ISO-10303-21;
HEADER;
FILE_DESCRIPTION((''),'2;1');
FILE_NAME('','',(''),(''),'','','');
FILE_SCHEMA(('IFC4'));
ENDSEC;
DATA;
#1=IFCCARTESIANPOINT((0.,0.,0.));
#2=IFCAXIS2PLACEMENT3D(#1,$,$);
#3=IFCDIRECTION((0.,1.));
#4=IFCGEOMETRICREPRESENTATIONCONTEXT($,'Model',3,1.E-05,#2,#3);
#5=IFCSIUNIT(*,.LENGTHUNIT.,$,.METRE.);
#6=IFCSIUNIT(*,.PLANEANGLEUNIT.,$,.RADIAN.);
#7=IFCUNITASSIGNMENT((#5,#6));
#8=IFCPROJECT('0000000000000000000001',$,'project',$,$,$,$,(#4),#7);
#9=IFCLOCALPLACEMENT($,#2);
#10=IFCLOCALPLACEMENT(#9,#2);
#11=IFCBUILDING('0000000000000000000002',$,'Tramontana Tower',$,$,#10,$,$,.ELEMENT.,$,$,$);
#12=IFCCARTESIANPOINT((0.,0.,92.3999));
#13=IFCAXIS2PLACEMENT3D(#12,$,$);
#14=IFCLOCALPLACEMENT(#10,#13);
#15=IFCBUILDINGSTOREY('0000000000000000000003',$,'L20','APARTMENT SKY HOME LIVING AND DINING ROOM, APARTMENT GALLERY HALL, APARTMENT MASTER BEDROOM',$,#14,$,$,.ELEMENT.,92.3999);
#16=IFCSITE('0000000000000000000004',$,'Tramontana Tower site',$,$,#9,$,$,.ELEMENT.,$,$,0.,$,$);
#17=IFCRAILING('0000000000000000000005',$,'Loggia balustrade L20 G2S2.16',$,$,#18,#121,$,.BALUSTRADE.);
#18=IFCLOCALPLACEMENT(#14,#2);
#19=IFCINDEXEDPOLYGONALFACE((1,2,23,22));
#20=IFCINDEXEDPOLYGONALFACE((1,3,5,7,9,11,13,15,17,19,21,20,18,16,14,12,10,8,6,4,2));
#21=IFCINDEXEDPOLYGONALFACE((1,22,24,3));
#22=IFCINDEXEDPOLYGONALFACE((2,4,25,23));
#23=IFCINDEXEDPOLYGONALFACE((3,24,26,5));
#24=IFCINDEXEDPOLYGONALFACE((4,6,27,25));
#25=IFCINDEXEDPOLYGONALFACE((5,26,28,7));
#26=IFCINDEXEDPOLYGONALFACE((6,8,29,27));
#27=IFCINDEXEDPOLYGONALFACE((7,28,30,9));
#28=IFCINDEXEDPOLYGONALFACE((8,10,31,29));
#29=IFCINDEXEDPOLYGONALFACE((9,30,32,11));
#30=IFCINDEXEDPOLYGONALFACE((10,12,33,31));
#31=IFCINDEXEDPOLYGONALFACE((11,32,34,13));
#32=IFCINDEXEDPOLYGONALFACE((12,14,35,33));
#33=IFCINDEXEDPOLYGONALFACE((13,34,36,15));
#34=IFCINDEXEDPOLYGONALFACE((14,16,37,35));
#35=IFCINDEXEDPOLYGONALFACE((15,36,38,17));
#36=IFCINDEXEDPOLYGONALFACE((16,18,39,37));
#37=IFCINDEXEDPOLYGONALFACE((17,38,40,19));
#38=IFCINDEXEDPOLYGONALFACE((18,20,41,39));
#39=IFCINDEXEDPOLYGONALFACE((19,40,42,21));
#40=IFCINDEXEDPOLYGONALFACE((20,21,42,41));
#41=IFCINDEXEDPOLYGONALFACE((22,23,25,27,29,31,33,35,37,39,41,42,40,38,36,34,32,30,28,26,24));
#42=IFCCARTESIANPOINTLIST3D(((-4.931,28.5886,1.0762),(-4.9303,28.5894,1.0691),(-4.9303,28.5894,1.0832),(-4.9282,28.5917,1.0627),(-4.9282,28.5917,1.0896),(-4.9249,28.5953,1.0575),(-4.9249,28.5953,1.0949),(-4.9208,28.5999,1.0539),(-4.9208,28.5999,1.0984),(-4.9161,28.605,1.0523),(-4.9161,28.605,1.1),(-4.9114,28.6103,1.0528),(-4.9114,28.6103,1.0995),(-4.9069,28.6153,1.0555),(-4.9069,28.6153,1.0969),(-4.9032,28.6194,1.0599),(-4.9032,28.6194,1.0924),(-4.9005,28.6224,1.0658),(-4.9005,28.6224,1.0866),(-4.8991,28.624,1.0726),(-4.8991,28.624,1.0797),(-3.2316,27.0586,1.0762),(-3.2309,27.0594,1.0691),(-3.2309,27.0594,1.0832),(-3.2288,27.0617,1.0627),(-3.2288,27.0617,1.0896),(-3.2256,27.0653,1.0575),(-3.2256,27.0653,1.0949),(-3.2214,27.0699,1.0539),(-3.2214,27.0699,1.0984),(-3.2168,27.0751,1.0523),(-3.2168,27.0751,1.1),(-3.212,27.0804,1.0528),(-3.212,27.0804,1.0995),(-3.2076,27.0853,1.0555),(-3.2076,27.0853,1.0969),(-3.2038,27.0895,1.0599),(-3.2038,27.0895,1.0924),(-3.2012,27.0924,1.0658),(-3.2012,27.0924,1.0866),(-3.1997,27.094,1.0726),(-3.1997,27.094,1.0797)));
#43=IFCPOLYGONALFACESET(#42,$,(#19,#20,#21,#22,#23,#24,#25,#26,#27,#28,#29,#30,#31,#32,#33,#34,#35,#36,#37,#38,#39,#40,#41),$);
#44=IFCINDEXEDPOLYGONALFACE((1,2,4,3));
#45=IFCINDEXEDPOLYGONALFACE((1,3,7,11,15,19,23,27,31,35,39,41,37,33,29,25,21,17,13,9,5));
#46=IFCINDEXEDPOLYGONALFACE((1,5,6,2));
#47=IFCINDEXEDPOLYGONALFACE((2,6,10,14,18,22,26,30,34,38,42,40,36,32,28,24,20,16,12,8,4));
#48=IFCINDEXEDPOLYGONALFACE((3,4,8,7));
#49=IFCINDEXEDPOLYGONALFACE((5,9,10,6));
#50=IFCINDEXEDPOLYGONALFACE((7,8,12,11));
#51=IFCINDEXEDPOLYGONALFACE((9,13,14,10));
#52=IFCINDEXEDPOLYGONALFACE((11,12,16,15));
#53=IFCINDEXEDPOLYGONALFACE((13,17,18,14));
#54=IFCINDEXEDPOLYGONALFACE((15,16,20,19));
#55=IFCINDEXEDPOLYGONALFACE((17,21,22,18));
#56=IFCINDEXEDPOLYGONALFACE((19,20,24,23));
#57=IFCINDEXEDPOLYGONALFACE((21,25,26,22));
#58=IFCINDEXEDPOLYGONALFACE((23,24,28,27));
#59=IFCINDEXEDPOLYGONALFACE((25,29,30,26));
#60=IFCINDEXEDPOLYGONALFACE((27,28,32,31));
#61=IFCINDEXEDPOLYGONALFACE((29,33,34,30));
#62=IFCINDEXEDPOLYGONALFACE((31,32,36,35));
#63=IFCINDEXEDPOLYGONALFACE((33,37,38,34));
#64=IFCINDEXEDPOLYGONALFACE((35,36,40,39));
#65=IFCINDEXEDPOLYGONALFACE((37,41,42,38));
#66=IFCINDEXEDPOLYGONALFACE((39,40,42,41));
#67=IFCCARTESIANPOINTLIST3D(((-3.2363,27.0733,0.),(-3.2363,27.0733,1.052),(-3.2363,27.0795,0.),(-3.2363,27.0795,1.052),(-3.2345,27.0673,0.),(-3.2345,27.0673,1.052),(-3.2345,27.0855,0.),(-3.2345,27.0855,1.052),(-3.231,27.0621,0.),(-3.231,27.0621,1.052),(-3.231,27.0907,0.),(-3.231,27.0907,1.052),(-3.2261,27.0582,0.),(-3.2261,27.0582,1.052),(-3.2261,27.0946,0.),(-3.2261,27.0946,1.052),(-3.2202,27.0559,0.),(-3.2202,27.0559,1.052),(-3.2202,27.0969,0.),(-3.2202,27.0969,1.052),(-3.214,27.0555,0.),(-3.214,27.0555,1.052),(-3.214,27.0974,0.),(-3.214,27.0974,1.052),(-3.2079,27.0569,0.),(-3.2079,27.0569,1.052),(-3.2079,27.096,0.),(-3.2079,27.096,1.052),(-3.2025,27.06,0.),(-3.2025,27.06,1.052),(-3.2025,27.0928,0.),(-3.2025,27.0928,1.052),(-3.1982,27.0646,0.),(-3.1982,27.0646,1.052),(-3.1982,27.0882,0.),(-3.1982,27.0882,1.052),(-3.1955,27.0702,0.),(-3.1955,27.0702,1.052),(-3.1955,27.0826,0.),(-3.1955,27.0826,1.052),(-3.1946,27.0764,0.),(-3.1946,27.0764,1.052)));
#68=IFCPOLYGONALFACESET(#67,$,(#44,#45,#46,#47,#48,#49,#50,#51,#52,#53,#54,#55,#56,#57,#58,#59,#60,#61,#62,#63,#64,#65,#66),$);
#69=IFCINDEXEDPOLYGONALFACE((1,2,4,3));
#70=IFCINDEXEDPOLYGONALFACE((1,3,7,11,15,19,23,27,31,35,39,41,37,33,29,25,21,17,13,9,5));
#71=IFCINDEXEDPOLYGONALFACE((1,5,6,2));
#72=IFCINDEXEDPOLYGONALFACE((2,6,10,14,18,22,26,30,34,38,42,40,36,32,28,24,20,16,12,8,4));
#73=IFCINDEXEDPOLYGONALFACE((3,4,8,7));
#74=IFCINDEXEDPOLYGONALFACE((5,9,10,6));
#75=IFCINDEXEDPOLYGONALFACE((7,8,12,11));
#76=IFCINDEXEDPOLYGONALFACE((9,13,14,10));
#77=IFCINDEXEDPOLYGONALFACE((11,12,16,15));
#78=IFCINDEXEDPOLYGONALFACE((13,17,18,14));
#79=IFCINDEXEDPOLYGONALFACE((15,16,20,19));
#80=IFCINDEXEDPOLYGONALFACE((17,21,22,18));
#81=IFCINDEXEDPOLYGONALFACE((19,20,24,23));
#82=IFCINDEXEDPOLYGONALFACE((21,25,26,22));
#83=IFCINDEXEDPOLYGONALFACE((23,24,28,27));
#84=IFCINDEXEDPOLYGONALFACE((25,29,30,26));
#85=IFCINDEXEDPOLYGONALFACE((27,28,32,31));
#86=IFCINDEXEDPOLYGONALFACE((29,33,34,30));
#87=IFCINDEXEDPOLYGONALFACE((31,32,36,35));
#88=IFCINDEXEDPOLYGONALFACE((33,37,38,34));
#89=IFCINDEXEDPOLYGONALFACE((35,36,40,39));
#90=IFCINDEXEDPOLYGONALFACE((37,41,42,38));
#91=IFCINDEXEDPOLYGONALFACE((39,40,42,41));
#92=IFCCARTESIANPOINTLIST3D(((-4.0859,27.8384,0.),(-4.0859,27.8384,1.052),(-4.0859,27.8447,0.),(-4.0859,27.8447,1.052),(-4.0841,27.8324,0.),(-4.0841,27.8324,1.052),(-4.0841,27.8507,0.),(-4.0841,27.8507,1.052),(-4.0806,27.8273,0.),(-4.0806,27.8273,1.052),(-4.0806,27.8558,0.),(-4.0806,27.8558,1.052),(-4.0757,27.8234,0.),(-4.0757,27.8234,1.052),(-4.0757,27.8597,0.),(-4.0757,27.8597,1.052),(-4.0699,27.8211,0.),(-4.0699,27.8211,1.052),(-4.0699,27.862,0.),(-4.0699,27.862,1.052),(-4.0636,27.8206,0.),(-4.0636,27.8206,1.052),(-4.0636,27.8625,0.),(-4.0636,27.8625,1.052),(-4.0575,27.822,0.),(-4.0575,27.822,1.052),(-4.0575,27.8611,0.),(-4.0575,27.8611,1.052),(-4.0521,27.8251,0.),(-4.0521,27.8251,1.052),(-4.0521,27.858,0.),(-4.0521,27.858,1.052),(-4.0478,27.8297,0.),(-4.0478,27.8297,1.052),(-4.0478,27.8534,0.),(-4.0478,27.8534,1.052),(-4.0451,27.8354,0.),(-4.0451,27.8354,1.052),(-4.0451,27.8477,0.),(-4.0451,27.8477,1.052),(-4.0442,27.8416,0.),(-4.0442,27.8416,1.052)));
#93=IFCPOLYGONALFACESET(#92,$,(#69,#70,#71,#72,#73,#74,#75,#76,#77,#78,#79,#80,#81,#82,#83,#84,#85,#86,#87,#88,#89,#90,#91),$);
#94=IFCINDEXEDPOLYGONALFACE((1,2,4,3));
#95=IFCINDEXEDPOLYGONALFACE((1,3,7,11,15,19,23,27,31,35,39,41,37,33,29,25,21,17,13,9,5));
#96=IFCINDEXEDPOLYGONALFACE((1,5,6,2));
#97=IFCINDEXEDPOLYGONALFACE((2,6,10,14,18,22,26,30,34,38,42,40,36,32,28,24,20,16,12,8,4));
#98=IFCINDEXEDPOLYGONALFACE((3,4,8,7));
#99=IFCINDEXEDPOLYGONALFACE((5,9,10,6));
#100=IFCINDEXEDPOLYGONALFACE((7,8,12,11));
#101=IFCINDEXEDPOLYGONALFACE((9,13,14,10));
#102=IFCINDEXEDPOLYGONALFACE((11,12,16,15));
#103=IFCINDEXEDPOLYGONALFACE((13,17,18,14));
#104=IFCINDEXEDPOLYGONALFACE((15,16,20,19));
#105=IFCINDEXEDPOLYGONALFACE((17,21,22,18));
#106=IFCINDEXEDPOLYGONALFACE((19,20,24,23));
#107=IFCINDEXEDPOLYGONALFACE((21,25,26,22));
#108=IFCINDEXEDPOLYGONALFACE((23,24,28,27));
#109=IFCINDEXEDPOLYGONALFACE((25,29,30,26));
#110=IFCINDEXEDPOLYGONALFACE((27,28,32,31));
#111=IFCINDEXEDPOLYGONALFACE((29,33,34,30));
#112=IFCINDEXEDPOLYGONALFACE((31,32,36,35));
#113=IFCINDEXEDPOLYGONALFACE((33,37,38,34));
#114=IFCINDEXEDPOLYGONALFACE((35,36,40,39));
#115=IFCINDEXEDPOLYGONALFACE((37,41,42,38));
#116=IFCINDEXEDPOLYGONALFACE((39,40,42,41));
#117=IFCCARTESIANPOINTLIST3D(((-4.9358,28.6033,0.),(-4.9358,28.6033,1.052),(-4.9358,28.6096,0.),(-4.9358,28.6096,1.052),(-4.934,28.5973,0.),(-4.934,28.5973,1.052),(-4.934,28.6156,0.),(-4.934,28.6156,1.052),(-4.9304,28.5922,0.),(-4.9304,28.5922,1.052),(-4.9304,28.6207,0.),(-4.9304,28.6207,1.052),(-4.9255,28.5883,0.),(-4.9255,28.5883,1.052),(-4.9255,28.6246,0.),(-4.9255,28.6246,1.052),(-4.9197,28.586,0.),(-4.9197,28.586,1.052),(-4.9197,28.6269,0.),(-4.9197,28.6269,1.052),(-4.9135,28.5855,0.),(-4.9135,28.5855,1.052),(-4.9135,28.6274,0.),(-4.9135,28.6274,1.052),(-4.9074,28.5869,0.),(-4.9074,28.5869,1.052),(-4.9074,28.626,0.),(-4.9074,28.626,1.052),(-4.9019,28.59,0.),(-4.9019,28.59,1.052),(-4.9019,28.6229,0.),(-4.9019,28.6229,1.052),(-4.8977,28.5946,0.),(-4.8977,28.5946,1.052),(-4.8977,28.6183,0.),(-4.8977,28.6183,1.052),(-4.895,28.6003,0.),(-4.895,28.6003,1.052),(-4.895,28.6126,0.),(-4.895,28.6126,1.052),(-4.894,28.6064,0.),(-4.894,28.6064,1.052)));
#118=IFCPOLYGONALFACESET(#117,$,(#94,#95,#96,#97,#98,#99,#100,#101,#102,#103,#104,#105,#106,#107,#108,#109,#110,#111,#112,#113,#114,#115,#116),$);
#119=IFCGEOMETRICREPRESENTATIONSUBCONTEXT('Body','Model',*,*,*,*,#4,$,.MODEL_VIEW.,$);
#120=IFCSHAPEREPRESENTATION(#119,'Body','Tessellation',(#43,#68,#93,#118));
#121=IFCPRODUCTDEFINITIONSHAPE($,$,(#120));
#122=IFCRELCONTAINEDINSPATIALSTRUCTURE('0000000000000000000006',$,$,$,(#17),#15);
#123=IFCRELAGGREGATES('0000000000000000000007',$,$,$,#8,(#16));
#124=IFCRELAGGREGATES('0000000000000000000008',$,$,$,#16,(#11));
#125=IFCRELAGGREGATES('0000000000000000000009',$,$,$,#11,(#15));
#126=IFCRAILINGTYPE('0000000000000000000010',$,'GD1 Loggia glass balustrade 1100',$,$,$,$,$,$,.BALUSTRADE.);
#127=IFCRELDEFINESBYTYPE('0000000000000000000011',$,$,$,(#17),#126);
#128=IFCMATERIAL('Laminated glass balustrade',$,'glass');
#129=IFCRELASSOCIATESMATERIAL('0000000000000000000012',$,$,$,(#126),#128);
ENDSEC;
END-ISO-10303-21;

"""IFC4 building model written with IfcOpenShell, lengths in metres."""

from ifc_helpers import new_model, si_unit, direction, frame, origin, origin_2d, place, context, subcontext, project, spatial, circle, extrude, material, type_object, element, save


model = new_model("IFC4")

# Units and contexts
model_context = context("Model", 3, precision=1e-05, world=origin(), true_north=direction((0.0, 1.0)))
body_context = subcontext(model_context, "Body", "Model", "MODEL_VIEW")
ifc_project = project(units=[si_unit("LENGTHUNIT", "METRE"), si_unit("PLANEANGLEUNIT", "RADIAN")], contexts=[model_context])

# Site, building, storey
site_placement = place(None, origin())
site = spatial("IfcSite", under=ifc_project, at=site_placement, Name="Tramontana Tower site", CompositionType="ELEMENT", RefElevation=0.0)
building_placement = place(site_placement, origin())
building = spatial("IfcBuilding", under=site, at=building_placement, Name="Tramontana Tower", CompositionType="ELEMENT")
storey_placement = place(building_placement, frame((0.0, 0.0, 92.3999)))
storey = spatial("IfcBuildingStorey", under=building, at=storey_placement, Name="L20", Description="APARTMENT SKY HOME LIVING AND DINING ROOM, APARTMENT GALLERY HALL, APARTMENT MASTER BEDROOM", CompositionType="ELEMENT", Elevation=92.3999)

# Railing
ifc_material_1 = material(Name="Laminated glass balustrade", Category="glass")
railing_type = type_object("IfcRailingType", Name="GD1 Loggia glass balustrade 1100", PredefinedType="BALUSTRADE", material=ifc_material_1)
railing_1_placement = place(storey_placement, frame((-3.2156, 27.0764, 0.0)))
element("IfcRailing", 1, at=railing_1_placement, inside=storey, type_object=railing_type, Name="Loggia balustrade L20 G2S2.16", PredefinedType="BALUSTRADE", context=body_context, shape_type="SweptSolid", body=[
    extrude(circle(Radius=0.0239, at=origin_2d()), frame((0.0, 0.0, 1.0762), z_axis=(-0.743183, 0.669089, 0.0), x_axis=(-0.669089, -0.743183, 0.0)), (0.0, 0.0, 1.0), 2.2866),
    extrude(circle(Radius=0.021, at=origin_2d()), origin(), (0.0, 0.0, 1.0), 1.052),
    extrude(circle(Radius=0.021, at=origin_2d()), frame((-0.8496, 0.7651, 0.0)), (0.0, 0.0, 1.0), 1.052),
    extrude(circle(Radius=0.021, at=origin_2d()), frame((-1.6995, 1.53, 0.0)), (0.0, 0.0, 1.0), 1.052),
])

save(model, "model.ifc")
